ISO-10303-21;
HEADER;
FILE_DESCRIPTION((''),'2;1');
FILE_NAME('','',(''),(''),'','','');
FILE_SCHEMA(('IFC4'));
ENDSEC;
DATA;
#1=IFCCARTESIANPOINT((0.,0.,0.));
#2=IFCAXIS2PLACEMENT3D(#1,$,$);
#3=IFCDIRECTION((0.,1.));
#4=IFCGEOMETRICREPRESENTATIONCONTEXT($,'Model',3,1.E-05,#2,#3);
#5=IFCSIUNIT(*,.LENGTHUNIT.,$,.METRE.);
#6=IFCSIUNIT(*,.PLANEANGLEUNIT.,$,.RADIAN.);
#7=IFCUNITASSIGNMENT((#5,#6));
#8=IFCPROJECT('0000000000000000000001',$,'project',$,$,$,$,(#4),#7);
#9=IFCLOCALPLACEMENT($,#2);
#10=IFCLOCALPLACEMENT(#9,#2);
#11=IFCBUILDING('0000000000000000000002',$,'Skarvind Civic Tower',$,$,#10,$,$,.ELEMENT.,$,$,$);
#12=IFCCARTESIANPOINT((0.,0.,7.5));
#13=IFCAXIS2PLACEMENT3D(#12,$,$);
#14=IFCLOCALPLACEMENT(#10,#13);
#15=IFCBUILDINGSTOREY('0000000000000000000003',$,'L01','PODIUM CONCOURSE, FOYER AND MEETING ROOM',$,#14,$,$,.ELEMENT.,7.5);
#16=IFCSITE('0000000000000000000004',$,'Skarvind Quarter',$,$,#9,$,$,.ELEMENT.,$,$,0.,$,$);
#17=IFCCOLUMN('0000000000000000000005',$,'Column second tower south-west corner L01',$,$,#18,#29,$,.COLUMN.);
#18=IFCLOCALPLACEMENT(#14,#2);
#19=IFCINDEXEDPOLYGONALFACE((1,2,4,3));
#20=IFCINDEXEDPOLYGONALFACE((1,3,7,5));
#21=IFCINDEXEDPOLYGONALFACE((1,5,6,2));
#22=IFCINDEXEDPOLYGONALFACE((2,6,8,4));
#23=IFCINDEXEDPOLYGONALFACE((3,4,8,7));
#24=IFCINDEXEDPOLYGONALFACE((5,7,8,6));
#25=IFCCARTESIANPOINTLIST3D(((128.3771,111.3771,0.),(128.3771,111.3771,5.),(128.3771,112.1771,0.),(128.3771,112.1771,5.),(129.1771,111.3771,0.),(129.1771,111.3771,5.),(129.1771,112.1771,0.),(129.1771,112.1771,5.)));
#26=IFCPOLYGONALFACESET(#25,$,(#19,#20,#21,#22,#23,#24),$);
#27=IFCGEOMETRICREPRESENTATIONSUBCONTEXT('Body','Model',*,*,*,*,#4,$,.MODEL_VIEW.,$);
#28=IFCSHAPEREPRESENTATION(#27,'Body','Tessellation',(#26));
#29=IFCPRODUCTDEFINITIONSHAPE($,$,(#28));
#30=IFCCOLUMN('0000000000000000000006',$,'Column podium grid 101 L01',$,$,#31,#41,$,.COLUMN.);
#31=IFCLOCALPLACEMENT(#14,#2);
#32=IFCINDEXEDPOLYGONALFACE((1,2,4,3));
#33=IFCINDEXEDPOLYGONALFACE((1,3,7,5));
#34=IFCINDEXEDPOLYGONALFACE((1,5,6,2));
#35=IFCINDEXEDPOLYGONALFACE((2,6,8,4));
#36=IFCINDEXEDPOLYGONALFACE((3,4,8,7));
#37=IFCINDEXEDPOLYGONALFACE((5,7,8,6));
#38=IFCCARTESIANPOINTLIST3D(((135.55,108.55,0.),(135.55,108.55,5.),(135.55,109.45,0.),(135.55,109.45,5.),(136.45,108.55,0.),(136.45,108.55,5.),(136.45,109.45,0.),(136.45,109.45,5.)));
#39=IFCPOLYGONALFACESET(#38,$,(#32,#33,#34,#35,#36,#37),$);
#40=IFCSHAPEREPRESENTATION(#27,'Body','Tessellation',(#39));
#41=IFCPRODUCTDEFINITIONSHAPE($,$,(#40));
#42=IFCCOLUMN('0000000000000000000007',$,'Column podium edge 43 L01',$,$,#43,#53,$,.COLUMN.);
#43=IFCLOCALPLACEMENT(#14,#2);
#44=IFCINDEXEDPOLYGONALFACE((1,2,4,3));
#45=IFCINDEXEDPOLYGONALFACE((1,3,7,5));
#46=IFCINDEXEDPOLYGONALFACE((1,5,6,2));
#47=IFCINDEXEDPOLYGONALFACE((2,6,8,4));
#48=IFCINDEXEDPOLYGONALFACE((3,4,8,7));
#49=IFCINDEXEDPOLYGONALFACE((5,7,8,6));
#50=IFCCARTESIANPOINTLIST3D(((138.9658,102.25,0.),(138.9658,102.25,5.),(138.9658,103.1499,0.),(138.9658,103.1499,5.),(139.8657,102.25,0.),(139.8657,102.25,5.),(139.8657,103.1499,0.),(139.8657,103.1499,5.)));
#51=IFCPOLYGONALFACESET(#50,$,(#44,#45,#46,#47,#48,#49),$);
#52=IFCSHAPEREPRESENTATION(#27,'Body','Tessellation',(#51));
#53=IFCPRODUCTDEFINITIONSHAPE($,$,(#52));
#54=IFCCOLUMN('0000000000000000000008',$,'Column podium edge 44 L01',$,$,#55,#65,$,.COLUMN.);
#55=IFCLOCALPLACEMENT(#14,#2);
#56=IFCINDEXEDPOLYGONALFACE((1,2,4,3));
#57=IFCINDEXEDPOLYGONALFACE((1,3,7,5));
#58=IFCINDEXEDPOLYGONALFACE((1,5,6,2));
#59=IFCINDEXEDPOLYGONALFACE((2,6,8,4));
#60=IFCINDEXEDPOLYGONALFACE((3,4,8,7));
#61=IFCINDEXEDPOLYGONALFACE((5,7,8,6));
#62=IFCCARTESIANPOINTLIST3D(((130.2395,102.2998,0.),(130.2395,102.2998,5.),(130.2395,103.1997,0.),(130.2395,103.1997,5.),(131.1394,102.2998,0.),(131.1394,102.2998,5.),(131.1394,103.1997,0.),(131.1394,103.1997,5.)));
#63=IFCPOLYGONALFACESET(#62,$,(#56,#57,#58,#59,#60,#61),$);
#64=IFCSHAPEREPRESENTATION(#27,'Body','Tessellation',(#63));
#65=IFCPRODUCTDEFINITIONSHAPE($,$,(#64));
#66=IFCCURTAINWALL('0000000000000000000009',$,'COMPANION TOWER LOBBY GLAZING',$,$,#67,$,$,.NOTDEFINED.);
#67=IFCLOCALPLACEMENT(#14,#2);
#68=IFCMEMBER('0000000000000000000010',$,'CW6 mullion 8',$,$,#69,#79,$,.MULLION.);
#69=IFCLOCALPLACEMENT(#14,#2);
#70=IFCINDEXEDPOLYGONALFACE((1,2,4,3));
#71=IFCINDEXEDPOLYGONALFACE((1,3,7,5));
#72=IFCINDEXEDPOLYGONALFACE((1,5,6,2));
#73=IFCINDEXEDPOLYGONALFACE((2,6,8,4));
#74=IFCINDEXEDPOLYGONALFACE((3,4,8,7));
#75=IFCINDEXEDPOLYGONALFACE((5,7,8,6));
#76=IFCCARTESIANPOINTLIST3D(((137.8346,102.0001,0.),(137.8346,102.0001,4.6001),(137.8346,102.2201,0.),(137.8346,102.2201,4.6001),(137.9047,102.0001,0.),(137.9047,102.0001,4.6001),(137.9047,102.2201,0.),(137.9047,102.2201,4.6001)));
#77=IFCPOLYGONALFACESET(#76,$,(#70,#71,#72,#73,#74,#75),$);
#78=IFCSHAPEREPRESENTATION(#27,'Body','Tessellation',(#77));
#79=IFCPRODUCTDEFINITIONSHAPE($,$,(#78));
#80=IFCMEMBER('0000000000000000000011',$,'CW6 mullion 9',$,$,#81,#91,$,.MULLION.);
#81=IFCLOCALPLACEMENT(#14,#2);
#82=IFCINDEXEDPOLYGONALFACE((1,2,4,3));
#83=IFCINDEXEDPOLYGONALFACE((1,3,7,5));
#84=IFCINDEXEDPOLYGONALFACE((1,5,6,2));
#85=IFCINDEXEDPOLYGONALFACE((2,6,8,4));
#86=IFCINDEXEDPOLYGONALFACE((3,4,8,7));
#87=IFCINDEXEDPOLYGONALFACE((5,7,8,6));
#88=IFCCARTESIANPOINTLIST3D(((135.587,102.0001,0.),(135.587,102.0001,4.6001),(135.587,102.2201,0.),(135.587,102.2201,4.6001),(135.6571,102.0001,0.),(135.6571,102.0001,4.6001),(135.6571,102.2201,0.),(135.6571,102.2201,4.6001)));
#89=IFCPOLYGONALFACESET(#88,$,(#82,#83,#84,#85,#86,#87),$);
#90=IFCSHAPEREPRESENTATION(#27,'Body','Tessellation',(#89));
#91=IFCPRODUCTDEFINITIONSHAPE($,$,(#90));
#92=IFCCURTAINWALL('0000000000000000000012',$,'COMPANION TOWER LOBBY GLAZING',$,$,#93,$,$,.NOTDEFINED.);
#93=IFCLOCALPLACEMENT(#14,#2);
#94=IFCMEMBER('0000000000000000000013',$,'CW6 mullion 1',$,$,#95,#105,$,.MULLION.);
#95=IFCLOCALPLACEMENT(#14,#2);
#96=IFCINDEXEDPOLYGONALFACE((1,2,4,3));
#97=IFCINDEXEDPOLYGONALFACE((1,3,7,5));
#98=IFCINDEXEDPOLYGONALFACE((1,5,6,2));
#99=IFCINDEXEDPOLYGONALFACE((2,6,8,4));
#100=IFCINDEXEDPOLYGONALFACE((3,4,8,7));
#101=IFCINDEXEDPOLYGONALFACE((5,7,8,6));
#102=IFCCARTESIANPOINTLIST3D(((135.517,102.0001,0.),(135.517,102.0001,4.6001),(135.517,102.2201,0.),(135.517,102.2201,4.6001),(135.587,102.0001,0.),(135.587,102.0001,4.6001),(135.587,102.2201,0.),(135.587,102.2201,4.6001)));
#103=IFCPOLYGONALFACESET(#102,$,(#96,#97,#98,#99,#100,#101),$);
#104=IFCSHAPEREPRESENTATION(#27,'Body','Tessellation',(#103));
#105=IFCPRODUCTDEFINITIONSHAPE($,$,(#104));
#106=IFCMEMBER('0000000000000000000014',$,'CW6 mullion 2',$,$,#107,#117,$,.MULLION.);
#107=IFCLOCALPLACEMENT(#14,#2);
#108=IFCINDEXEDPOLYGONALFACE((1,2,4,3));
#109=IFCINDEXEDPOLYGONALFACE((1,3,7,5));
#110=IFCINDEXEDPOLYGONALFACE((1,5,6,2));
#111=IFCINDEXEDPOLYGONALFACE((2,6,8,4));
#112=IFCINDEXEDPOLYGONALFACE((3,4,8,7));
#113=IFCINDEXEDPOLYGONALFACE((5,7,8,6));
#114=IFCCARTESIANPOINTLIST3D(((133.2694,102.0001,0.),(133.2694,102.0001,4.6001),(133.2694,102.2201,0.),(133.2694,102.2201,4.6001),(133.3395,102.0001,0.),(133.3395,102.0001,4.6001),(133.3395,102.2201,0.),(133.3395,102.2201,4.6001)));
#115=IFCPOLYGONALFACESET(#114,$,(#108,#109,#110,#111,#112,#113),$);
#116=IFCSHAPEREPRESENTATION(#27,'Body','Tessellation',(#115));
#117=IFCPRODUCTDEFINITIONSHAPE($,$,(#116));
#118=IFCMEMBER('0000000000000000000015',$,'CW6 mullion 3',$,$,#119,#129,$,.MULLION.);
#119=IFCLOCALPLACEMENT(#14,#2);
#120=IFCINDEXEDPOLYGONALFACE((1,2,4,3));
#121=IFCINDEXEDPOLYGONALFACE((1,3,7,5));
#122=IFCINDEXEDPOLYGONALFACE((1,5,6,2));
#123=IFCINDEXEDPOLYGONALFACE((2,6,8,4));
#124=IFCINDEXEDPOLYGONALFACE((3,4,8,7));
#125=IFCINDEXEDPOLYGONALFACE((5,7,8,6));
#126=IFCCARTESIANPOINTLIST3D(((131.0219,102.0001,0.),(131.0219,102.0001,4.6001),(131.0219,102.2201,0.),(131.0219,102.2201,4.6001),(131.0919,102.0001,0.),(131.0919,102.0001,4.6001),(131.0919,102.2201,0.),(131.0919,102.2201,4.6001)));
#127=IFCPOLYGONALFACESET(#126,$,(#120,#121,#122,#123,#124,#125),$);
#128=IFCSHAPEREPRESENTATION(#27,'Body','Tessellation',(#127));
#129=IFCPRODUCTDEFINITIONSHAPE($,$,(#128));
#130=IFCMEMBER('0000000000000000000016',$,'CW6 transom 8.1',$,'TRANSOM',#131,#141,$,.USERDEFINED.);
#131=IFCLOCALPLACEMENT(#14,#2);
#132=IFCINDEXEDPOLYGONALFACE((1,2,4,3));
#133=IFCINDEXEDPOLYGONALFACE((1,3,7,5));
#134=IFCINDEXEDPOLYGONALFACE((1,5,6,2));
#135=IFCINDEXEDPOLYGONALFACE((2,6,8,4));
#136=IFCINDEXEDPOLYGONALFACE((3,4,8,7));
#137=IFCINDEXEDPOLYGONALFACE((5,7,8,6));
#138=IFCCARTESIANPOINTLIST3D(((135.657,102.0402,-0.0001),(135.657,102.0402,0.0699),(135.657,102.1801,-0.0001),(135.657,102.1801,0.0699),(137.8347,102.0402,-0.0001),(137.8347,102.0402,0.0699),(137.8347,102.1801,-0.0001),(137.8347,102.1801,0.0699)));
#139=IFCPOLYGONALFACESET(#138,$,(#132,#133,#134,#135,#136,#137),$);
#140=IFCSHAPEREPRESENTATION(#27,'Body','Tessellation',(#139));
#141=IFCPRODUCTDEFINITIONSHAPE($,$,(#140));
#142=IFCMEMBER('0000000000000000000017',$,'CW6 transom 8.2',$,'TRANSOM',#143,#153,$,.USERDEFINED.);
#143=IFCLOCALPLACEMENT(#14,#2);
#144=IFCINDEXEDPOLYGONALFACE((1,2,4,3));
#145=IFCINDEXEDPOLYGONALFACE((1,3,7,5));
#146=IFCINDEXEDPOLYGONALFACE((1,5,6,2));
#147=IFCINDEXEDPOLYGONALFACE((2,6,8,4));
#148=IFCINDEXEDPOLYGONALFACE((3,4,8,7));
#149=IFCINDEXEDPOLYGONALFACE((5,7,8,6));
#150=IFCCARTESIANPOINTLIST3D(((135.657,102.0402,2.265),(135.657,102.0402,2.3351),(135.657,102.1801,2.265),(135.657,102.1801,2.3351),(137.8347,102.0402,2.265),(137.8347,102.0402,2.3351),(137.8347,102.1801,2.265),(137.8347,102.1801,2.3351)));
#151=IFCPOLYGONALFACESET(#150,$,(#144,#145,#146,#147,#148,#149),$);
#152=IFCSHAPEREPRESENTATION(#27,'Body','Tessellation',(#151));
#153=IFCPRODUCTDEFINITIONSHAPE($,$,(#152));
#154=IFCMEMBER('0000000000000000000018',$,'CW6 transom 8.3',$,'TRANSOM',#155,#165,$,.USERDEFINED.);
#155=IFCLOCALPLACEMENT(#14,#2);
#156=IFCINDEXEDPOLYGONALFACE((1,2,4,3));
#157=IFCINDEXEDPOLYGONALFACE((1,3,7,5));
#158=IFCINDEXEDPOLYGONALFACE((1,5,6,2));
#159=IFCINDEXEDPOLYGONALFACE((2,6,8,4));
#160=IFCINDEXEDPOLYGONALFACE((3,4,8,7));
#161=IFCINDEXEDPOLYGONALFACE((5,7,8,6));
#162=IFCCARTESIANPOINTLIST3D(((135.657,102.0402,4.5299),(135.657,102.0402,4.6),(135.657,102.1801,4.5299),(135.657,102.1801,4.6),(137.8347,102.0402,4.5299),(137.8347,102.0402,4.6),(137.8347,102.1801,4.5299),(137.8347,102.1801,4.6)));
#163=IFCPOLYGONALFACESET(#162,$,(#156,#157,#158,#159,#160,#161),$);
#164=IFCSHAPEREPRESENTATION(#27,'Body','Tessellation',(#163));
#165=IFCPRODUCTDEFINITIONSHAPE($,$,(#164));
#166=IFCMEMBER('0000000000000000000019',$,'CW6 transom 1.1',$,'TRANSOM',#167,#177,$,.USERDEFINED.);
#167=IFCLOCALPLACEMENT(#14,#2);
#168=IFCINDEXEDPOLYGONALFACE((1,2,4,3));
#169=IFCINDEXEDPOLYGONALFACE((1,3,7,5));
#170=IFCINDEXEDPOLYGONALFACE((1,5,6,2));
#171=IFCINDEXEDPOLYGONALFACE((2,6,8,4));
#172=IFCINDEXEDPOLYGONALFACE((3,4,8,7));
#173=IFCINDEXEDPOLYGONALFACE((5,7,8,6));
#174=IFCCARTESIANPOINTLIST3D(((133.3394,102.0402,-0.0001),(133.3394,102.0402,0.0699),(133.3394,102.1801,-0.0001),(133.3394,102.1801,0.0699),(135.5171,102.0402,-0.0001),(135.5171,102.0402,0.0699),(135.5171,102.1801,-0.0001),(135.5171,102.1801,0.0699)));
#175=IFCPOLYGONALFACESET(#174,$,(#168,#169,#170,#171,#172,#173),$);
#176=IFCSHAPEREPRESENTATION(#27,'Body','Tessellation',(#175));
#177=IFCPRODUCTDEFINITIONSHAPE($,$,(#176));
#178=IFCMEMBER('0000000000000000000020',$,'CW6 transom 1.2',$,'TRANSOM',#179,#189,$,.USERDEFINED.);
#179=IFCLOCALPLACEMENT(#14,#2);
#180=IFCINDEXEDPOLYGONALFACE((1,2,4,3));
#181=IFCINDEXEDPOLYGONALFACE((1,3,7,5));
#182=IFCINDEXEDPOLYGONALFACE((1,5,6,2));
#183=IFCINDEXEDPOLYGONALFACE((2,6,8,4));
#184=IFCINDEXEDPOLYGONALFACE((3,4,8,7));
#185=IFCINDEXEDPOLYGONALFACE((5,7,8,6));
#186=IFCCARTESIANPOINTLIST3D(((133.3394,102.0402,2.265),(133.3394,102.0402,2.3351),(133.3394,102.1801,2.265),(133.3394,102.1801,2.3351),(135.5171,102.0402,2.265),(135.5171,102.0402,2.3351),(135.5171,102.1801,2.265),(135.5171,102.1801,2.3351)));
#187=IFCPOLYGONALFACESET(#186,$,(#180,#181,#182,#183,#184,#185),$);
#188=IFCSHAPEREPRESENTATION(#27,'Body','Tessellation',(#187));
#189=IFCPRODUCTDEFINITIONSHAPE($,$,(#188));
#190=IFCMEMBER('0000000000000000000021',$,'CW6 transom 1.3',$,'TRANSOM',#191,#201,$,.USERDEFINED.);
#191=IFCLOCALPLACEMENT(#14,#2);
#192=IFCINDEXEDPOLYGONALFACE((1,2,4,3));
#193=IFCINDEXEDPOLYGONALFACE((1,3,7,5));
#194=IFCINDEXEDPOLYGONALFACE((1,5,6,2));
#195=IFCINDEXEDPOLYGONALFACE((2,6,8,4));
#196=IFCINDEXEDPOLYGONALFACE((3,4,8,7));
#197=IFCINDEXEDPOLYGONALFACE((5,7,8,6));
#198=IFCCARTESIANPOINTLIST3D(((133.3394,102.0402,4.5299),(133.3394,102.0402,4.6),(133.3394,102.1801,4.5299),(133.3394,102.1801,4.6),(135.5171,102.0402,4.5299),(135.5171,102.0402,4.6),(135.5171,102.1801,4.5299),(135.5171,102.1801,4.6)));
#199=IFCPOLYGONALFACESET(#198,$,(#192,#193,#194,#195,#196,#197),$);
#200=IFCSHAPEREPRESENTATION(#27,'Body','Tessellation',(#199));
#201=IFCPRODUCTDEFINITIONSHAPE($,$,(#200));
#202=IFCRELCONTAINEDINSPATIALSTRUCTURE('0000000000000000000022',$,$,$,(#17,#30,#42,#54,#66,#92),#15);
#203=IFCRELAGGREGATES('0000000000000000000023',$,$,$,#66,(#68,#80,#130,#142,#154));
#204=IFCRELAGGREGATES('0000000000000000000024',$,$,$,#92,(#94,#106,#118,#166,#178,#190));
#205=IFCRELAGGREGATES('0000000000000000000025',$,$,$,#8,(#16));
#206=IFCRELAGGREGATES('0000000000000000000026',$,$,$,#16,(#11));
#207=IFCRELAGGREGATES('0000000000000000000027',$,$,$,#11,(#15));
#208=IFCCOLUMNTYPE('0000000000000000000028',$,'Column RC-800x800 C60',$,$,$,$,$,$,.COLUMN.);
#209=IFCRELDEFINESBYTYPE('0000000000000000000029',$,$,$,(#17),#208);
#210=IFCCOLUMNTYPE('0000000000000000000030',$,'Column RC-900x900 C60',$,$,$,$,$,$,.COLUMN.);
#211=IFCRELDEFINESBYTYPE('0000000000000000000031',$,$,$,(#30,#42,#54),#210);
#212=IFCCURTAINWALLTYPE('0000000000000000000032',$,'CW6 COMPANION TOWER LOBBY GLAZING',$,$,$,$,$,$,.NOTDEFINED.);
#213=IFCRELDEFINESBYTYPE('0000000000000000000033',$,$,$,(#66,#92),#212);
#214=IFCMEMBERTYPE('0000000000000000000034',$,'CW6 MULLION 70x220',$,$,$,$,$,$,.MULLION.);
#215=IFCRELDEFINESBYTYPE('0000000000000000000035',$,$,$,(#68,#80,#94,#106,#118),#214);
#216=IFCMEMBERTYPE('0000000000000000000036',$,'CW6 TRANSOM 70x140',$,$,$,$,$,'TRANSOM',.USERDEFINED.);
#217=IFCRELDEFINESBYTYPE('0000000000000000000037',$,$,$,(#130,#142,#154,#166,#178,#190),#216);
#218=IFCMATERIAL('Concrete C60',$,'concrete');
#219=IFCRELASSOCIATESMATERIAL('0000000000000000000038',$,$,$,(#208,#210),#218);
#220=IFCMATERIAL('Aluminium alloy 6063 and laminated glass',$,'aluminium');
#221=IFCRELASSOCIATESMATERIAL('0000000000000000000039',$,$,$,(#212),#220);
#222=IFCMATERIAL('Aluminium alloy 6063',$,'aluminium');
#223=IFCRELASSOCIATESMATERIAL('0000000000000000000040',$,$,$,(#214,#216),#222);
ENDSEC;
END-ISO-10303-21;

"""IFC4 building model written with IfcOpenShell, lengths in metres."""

from ifc_helpers import new_model, si_unit, direction, frame, origin, origin_2d, place, context, subcontext, project, spatial, rectangle, extrude, material, material_profile, profile_set, type_object, element, aggregate, save


model = new_model("IFC4")

# Units and contexts
model_context = context("Model", 3, precision=1e-05, world=origin(), true_north=direction((0.0, 1.0)))
body_context = subcontext(model_context, "Body", "Model", "MODEL_VIEW")
ifc_project = project(units=[si_unit("LENGTHUNIT", "METRE"), si_unit("PLANEANGLEUNIT", "RADIAN")], contexts=[model_context])

# Site, building, storey
site_placement = place(None, origin())
site = spatial("IfcSite", under=ifc_project, at=site_placement, Name="Skarvind Quarter", CompositionType="ELEMENT", RefElevation=0.0)
building_placement = place(site_placement, origin())
building = spatial("IfcBuilding", under=site, at=building_placement, Name="Skarvind Civic Tower", CompositionType="ELEMENT")
storey_placement = place(building_placement, frame((0.0, 0.0, 7.5)))
storey = spatial("IfcBuildingStorey", under=building, at=storey_placement, Name="L01", Description="PODIUM CONCOURSE, FOYER AND MEETING ROOM", CompositionType="ELEMENT", Elevation=7.5)

# Columns
ifc_material_1 = material(Name="Concrete C60", Category="concrete")
ifc_material_profile_1 = material_profile(ifc_material_1, rectangle(XDim=0.8, YDim=0.8, at=origin_2d()), Name="RC-800x800")
ifc_profile_set_1 = profile_set([ifc_material_profile_1], Name="Concrete C60")
column_type_1 = type_object("IfcColumnType", Name="Column RC-800x800 C60", PredefinedType="COLUMN", material=ifc_profile_set_1)
column_placement = place(storey_placement, frame((128.7771, 111.7771, 0.0), z_axis=(0.0, 0.0, 1.0), x_axis=(1.0, 0.0, 0.0)))
element("IfcColumn", 1, at=column_placement, inside=storey, type_object=column_type_1, Name="Column second tower south-west corner L01", PredefinedType="COLUMN", context=body_context, shape_type="SweptSolid", body=[
    extrude(rectangle(XDim=0.8, YDim=0.8, at=origin_2d()), origin(), (0.0, 0.0, 1.0), 5.0),
])
ifc_material_profile_2 = material_profile(ifc_material_1, rectangle(XDim=0.8999, YDim=0.8999, at=origin_2d()), Name="RC-900x900")
ifc_profile_set_2 = profile_set([ifc_material_profile_2], Name="Concrete C60")
column_type_2 = type_object("IfcColumnType", Name="Column RC-900x900 C60", PredefinedType="COLUMN", material=ifc_profile_set_2)
for number, where, z_axis, x_axis, name in (
    (2, (136.0, 109.0, 0.0), (0.0, 0.0, 1.0), (1.0, 0.0, 0.0), "Column podium grid 101 L01"),
    (3, (139.4158, 102.7, 0.0), (0.0, 0.0, 1.0), (1.0, 0.0, 0.0), "Column podium edge 43 L01"),
    (4, (130.6895, 102.7498, 0.0), (0.0, 0.0, 1.0), (1.0, 0.0, 0.0), "Column podium edge 44 L01"),
):
    element("IfcColumn", number, at=place(storey_placement, frame(where, z_axis=z_axis, x_axis=x_axis)), inside=storey, type_object=column_type_2, Name=name, PredefinedType="COLUMN", context=body_context, shape_type="SweptSolid", body=[
        extrude(rectangle(XDim=0.8999, YDim=0.8999, at=origin_2d()), origin(), (0.0, 0.0, 1.0), 5.0),
    ])

# Curtain walls, members
ifc_material_2 = material(Name="Aluminium alloy 6063 and laminated glass", Category="aluminium")
curtain_wall_type = type_object("IfcCurtainWallType", Name="CW6 COMPANION TOWER LOBBY GLAZING", PredefinedType="NOTDEFINED", material=ifc_material_2)
curtain_wall_1_placement = place(storey_placement, origin())
curtain_wall_1 = element("IfcCurtainWall", 5, at=curtain_wall_1_placement, inside=storey, type_object=curtain_wall_type, Name="COMPANION TOWER LOBBY GLAZING", PredefinedType="NOTDEFINED")
ifc_material_3 = material(Name="Aluminium alloy 6063", Category="aluminium")
ifc_material_profile_3 = material_profile(ifc_material_3, rectangle(XDim=0.22, YDim=0.0701, at=origin_2d()), Name="AL 70x220")
ifc_profile_set_3 = profile_set([ifc_material_profile_3], Name="Aluminium alloy 6063")
member_type_1 = type_object("IfcMemberType", Name="CW6 MULLION 70x220", PredefinedType="MULLION", material=ifc_profile_set_3)
member_1_placement = place(storey_placement, frame((137.8696, 102.1101, 0.0), z_axis=(0.0, 0.0, 1.0), x_axis=(0.0, -1.0, 0.0)))
member_1 = element("IfcMember", 6, at=member_1_placement, type_object=member_type_1, Name="CW6 mullion 8", PredefinedType="MULLION", context=body_context, shape_type="SweptSolid", body=[
    extrude(rectangle(XDim=0.22, YDim=0.0701, at=origin_2d()), origin(), (0.0, 0.0, 1.0), 4.6001),
])
member_2_placement = place(storey_placement, frame((135.6221, 102.1101, 0.0), z_axis=(0.0, 0.0, 1.0), x_axis=(0.0, -1.0, 0.0)))
member_2 = element("IfcMember", 7, at=member_2_placement, type_object=member_type_1, Name="CW6 mullion 9", PredefinedType="MULLION", context=body_context, shape_type="SweptSolid", body=[
    extrude(rectangle(XDim=0.22, YDim=0.0701, at=origin_2d()), origin(), (0.0, 0.0, 1.0), 4.6001),
])
curtain_wall_2_placement = place(storey_placement, origin())
curtain_wall_2 = element("IfcCurtainWall", 8, at=curtain_wall_2_placement, inside=storey, type_object=curtain_wall_type, Name="COMPANION TOWER LOBBY GLAZING", PredefinedType="NOTDEFINED")
member_3_placement = place(storey_placement, frame((135.552, 102.1101, 0.0), z_axis=(0.0, 0.0, 1.0), x_axis=(0.0, -1.0, 0.0)))
member_3 = element("IfcMember", 9, at=member_3_placement, type_object=member_type_1, Name="CW6 mullion 1", PredefinedType="MULLION", context=body_context, shape_type="SweptSolid", body=[
    extrude(rectangle(XDim=0.22, YDim=0.0701, at=origin_2d()), origin(), (0.0, 0.0, 1.0), 4.6001),
])
member_4_placement = place(storey_placement, frame((133.3044, 102.1101, 0.0), z_axis=(0.0, 0.0, 1.0), x_axis=(0.0, -1.0, 0.0)))
member_4 = element("IfcMember", 10, at=member_4_placement, type_object=member_type_1, Name="CW6 mullion 2", PredefinedType="MULLION", context=body_context, shape_type="SweptSolid", body=[
    extrude(rectangle(XDim=0.22, YDim=0.0701, at=origin_2d()), origin(), (0.0, 0.0, 1.0), 4.6001),
])
member_5_placement = place(storey_placement, frame((131.0569, 102.1101, 0.0), z_axis=(0.0, 0.0, 1.0), x_axis=(0.0, -1.0, 0.0)))
member_5 = element("IfcMember", 11, at=member_5_placement, type_object=member_type_1, Name="CW6 mullion 3", PredefinedType="MULLION", context=body_context, shape_type="SweptSolid", body=[
    extrude(rectangle(XDim=0.22, YDim=0.0701, at=origin_2d()), origin(), (0.0, 0.0, 1.0), 4.6001),
])

# Members
ifc_material_profile_4 = material_profile(ifc_material_3, rectangle(XDim=0.1399, YDim=0.0701, at=origin_2d()), Name="AL 70x140")
ifc_profile_set_4 = profile_set([ifc_material_profile_4], Name="Aluminium alloy 6063")
member_type_2 = type_object("IfcMemberType", Name="CW6 TRANSOM 70x140", ElementType="TRANSOM", PredefinedType="USERDEFINED", material=ifc_profile_set_4)
member_6_placement = place(storey_placement, frame((137.8347, 102.1101, 0.0349), z_axis=(-1.0, 0.0, 0.0), x_axis=(0.0, -1.0, 0.0)))
member_6 = element("IfcMember", 12, at=member_6_placement, type_object=member_type_2, Name="CW6 transom 8.1", ObjectType="TRANSOM", PredefinedType="USERDEFINED", context=body_context, shape_type="SweptSolid", body=[
    extrude(rectangle(XDim=0.1399, YDim=0.0701, at=origin_2d()), origin(), (0.0, 0.0, 1.0), 2.1777),
])
member_7_placement = place(storey_placement, frame((137.8347, 102.1101, 2.3), z_axis=(-1.0, 0.0, 0.0), x_axis=(0.0, -1.0, 0.0)))
member_7 = element("IfcMember", 13, at=member_7_placement, type_object=member_type_2, Name="CW6 transom 8.2", ObjectType="TRANSOM", PredefinedType="USERDEFINED", context=body_context, shape_type="SweptSolid", body=[
    extrude(rectangle(XDim=0.1399, YDim=0.0701, at=origin_2d()), origin(), (0.0, 0.0, 1.0), 2.1777),
])
member_8_placement = place(storey_placement, frame((137.8347, 102.1101, 4.5649), z_axis=(-1.0, 0.0, 0.0), x_axis=(0.0, -1.0, 0.0)))
member_8 = element("IfcMember", 14, at=member_8_placement, type_object=member_type_2, Name="CW6 transom 8.3", ObjectType="TRANSOM", PredefinedType="USERDEFINED", context=body_context, shape_type="SweptSolid", body=[
    extrude(rectangle(XDim=0.1399, YDim=0.0701, at=origin_2d()), origin(), (0.0, 0.0, 1.0), 2.1777),
])
member_9_placement = place(storey_placement, frame((135.5171, 102.1101, 0.0349), z_axis=(-1.0, 0.0, 0.0), x_axis=(0.0, -1.0, 0.0)))
member_9 = element("IfcMember", 15, at=member_9_placement, type_object=member_type_2, Name="CW6 transom 1.1", ObjectType="TRANSOM", PredefinedType="USERDEFINED", context=body_context, shape_type="SweptSolid", body=[
    extrude(rectangle(XDim=0.1399, YDim=0.0701, at=origin_2d()), origin(), (0.0, 0.0, 1.0), 2.1777),
])
member_10_placement = place(storey_placement, frame((135.5171, 102.1101, 2.3), z_axis=(-1.0, 0.0, 0.0), x_axis=(0.0, -1.0, 0.0)))
member_10 = element("IfcMember", 16, at=member_10_placement, type_object=member_type_2, Name="CW6 transom 1.2", ObjectType="TRANSOM", PredefinedType="USERDEFINED", context=body_context, shape_type="SweptSolid", body=[
    extrude(rectangle(XDim=0.1399, YDim=0.0701, at=origin_2d()), origin(), (0.0, 0.0, 1.0), 2.1777),
])
member_11_placement = place(storey_placement, frame((135.5171, 102.1101, 4.5649), z_axis=(-1.0, 0.0, 0.0), x_axis=(0.0, -1.0, 0.0)))
member_11 = element("IfcMember", 17, at=member_11_placement, type_object=member_type_2, Name="CW6 transom 1.3", ObjectType="TRANSOM", PredefinedType="USERDEFINED", context=body_context, shape_type="SweptSolid", body=[
    extrude(rectangle(XDim=0.1399, YDim=0.0701, at=origin_2d()), origin(), (0.0, 0.0, 1.0), 2.1777),
])

aggregate(curtain_wall_1, [member_1, member_2, member_6, member_7, member_8])
aggregate(curtain_wall_2, [member_3, member_4, member_5, member_9, member_10, member_11])

save(model, "model.ifc")
